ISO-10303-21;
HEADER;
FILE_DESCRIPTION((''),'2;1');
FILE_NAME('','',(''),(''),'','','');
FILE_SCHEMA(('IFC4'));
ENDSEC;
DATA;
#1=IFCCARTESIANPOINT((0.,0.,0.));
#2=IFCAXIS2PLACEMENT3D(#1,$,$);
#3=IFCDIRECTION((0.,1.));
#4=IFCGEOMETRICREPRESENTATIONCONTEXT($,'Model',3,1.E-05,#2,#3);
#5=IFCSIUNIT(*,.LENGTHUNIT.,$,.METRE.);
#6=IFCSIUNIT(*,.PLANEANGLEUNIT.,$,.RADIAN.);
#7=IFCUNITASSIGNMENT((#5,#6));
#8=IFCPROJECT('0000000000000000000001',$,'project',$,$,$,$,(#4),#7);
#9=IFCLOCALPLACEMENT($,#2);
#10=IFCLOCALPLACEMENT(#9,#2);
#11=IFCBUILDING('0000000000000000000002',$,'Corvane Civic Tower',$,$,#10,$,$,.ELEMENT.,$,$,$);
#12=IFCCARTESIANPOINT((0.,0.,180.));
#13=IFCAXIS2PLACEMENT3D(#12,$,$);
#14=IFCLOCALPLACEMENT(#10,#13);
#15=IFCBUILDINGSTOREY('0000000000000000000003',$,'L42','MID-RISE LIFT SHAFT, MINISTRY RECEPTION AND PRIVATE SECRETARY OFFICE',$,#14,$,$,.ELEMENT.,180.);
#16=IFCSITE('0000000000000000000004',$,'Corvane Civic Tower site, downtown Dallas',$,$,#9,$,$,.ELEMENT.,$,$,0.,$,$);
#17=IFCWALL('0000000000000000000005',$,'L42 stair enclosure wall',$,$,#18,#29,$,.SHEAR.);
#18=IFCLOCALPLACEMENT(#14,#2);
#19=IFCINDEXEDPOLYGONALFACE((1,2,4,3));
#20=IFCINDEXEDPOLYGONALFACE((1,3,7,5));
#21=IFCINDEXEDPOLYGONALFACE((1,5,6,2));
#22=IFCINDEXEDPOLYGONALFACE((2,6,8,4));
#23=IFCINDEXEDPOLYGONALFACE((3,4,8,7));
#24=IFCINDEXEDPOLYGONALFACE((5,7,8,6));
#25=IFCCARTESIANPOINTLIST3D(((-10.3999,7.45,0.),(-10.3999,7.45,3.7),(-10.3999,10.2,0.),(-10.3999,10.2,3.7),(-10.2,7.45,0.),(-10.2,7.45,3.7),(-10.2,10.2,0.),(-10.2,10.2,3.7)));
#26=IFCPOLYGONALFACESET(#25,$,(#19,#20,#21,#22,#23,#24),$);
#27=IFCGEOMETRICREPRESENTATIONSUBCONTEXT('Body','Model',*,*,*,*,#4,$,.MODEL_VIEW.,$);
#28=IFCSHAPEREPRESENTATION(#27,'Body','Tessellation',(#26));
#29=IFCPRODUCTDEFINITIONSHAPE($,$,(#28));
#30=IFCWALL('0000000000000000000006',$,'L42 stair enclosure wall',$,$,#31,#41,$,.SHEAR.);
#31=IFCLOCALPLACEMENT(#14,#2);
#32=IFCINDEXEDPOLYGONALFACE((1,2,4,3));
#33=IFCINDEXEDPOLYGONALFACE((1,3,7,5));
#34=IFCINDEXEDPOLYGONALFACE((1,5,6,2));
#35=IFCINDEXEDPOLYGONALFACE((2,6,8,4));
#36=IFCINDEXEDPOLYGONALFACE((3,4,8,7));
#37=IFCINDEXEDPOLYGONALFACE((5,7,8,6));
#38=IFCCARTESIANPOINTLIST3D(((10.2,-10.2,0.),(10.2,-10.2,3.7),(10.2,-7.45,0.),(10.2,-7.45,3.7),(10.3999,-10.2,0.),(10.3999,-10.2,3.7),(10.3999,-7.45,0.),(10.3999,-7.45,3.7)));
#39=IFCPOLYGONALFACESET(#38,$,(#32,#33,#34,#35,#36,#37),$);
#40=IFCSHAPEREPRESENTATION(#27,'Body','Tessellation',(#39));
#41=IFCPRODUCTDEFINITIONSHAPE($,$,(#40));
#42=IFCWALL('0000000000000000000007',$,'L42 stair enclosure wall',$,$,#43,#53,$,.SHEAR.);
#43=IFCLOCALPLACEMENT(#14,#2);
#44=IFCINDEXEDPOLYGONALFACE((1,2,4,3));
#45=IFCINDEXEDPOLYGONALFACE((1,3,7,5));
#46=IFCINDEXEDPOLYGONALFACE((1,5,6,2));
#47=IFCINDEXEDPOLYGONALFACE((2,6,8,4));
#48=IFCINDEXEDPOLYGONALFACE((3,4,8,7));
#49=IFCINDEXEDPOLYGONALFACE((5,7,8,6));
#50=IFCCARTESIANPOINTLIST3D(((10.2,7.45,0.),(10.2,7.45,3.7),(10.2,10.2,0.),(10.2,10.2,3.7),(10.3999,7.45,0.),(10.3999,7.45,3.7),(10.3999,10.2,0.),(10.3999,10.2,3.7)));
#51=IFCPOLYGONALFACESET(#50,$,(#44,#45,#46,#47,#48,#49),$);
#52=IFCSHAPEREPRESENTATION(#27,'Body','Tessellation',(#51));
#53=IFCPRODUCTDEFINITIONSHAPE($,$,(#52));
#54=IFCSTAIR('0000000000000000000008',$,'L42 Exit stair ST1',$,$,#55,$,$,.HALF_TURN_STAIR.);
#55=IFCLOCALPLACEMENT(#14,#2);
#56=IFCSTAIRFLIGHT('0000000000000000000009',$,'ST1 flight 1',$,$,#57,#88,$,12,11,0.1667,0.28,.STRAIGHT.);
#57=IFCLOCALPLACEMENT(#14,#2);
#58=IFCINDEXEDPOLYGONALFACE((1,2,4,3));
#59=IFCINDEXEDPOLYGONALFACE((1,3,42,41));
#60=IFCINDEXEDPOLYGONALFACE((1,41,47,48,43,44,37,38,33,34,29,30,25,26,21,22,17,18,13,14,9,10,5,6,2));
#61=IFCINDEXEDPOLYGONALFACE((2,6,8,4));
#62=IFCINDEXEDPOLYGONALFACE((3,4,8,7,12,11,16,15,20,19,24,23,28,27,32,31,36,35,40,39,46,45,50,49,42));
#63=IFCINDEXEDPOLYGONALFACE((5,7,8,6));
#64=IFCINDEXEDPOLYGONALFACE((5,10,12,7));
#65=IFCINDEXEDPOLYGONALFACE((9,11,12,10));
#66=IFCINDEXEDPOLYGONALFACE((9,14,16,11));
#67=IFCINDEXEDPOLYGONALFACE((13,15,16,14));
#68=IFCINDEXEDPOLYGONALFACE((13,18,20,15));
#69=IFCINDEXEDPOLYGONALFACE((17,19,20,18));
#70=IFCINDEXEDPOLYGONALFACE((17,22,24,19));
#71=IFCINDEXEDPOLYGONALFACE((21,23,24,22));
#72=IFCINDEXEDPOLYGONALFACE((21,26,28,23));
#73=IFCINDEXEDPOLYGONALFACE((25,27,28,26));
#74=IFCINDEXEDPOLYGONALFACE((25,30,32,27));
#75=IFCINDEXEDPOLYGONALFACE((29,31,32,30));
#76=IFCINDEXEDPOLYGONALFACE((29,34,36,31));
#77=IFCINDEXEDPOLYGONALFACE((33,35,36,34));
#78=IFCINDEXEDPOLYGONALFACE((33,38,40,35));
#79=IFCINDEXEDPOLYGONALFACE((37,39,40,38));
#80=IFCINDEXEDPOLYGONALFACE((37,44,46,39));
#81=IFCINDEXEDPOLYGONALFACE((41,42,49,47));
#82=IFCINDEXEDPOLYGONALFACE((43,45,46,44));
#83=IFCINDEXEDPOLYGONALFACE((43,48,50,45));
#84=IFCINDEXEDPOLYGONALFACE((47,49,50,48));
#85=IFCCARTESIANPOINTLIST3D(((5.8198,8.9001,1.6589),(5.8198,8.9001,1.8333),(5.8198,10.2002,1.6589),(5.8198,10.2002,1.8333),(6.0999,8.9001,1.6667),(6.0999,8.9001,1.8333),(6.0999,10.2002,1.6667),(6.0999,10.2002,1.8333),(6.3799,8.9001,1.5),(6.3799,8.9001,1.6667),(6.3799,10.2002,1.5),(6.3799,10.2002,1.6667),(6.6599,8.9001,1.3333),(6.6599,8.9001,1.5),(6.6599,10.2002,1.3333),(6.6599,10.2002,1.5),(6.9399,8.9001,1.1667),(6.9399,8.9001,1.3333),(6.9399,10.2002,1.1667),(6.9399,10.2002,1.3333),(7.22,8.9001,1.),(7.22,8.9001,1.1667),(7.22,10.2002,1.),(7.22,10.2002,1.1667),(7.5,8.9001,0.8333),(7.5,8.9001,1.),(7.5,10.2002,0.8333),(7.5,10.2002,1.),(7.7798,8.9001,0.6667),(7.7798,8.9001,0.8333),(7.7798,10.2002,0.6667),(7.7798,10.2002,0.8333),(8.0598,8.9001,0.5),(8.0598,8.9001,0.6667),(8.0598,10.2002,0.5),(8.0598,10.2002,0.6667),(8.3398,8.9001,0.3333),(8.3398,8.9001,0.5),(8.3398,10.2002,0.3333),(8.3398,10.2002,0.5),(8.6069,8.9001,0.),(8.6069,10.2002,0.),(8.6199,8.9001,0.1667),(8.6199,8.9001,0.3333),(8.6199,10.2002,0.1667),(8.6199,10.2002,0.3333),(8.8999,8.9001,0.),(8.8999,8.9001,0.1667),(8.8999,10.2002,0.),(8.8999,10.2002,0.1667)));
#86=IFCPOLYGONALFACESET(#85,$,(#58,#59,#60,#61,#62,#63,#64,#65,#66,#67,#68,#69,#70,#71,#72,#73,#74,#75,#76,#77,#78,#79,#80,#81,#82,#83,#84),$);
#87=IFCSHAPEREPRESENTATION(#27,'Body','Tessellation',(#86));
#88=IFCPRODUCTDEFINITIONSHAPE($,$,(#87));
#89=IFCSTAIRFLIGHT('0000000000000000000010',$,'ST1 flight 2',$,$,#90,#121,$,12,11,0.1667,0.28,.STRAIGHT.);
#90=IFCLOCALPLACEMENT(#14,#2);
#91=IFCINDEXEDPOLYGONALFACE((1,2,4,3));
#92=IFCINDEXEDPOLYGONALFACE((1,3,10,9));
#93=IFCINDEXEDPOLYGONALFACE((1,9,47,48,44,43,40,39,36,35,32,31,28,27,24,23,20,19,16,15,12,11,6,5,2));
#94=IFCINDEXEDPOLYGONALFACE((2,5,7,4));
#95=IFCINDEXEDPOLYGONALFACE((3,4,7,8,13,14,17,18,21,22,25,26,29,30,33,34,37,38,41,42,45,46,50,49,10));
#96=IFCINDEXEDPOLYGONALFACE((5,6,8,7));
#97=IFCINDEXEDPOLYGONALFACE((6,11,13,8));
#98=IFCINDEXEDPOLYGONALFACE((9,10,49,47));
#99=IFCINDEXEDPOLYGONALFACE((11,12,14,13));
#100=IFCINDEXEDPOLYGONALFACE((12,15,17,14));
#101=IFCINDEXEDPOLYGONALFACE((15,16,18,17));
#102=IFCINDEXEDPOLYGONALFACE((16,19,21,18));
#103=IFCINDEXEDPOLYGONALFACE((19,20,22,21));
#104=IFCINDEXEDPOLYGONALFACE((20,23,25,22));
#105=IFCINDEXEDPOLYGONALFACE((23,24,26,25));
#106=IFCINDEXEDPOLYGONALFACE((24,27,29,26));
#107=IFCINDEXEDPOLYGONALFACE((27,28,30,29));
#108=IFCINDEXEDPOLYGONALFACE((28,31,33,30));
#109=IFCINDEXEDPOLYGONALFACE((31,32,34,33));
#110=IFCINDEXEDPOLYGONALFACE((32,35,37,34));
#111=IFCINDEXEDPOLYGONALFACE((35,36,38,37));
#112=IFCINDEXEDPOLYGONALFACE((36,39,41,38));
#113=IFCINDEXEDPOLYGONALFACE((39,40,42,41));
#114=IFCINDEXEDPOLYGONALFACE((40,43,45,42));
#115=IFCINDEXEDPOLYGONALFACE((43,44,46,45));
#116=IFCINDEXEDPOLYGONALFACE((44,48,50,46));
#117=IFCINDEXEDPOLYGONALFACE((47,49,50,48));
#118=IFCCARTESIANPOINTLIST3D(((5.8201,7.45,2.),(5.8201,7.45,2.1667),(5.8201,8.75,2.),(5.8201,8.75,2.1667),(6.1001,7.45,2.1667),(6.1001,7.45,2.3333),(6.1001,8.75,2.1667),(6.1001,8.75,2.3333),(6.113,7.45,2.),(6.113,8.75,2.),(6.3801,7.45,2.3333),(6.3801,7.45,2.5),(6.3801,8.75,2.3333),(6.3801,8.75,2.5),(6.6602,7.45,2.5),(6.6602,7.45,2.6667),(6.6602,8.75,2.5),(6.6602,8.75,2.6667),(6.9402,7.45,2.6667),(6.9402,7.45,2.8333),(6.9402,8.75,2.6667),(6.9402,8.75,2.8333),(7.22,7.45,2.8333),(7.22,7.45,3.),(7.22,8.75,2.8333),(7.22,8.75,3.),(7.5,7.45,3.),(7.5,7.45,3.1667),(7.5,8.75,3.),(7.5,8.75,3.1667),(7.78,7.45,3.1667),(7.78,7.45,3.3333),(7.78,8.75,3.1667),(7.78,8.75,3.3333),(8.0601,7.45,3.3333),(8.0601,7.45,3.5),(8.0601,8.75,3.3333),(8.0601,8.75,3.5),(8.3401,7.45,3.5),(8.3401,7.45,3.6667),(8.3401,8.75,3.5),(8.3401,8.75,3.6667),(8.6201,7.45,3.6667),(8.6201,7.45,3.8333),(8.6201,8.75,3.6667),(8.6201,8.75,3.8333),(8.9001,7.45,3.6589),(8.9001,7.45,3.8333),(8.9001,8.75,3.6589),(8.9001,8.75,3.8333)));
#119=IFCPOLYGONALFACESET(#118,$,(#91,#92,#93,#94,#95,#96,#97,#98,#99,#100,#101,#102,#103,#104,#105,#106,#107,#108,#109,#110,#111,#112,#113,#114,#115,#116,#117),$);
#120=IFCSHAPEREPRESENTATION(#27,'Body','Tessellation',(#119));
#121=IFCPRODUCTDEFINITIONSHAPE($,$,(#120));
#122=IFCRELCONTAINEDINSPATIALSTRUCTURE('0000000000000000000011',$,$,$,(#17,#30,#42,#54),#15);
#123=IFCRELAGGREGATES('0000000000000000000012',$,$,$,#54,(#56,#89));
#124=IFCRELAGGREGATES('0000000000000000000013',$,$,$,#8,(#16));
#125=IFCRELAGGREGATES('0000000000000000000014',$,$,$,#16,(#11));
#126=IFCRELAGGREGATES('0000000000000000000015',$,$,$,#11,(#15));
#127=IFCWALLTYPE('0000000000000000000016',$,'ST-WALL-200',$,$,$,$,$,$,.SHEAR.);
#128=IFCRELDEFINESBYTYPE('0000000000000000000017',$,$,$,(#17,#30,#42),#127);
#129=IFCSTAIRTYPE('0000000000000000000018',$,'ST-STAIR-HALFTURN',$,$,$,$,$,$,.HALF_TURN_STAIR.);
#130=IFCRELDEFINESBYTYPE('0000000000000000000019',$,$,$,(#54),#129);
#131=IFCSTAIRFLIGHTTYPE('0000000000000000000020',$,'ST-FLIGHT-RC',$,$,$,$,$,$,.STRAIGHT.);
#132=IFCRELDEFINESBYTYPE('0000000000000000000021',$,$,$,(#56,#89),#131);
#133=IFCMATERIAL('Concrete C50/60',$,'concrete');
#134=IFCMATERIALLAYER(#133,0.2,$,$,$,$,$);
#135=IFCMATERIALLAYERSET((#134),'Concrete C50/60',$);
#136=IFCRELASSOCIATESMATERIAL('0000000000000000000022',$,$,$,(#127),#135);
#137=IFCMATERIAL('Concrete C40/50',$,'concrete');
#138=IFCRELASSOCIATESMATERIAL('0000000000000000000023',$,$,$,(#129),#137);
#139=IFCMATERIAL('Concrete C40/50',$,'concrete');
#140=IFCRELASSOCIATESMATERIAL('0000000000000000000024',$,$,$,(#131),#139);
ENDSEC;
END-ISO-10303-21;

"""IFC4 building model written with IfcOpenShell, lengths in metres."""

from ifc_helpers import new_model, si_unit, direction, frame, origin, place, context, subcontext, project, spatial, polyline, outline, extrude, material, layer, layer_set, type_object, element, aggregate, save


model = new_model("IFC4")

# Units and contexts
model_context = context("Model", 3, precision=1e-05, world=origin(), true_north=direction((0.0, 1.0)))
body_context = subcontext(model_context, "Body", "Model", "MODEL_VIEW")
ifc_project = project(units=[si_unit("LENGTHUNIT", "METRE"), si_unit("PLANEANGLEUNIT", "RADIAN")], contexts=[model_context])

# Site, building, storey
site_placement = place(None, origin())
site = spatial("IfcSite", under=ifc_project, at=site_placement, Name="Corvane Civic Tower site, downtown Dallas", CompositionType="ELEMENT", RefElevation=0.0)
building_placement = place(site_placement, origin())
building = spatial("IfcBuilding", under=site, at=building_placement, Name="Corvane Civic Tower", CompositionType="ELEMENT")
storey_placement = place(building_placement, frame((0.0, 0.0, 180.0)))
storey = spatial("IfcBuildingStorey", under=building, at=storey_placement, Name="L42", Description="MID-RISE LIFT SHAFT, MINISTRY RECEPTION AND PRIVATE SECRETARY OFFICE", CompositionType="ELEMENT", Elevation=180.0)

# Shared definitions
ifc_material_1 = material(Name="Concrete C50/60", Category="concrete")
ifc_layer_1 = layer(ifc_material_1, 0.2)
ifc_layer_set_1 = layer_set([ifc_layer_1], Name="Concrete C50/60")
wall_type_1 = type_object("IfcWallType", Name="ST-WALL-200", PredefinedType="SHEAR", material=ifc_layer_set_1)

# Walls
wall_1_placement = place(storey_placement, origin())
element("IfcWall", 1, at=wall_1_placement, inside=storey, type_object=wall_type_1, Name="L42 stair enclosure wall", PredefinedType="SHEAR", context=body_context, shape_type="SweptSolid", body=[
    extrude(outline(polyline([(-10.2, 7.45), (-10.3999, 7.45), (-10.3999, 10.2), (-10.2, 10.2), (-10.2, 7.45)])), origin(), (0.0, 0.0, 1.0), 3.7),
])
wall_2_placement = place(storey_placement, origin())
element("IfcWall", 2, at=wall_2_placement, inside=storey, type_object=wall_type_1, Name="L42 stair enclosure wall", PredefinedType="SHEAR", context=body_context, shape_type="SweptSolid", body=[
    extrude(outline(polyline([(10.3999, -7.45), (10.3999, -10.2), (10.2, -10.2), (10.2, -7.45), (10.3999, -7.45)])), origin(), (0.0, 0.0, 1.0), 3.7),
])
wall_3_placement = place(storey_placement, origin())
element("IfcWall", 3, at=wall_3_placement, inside=storey, type_object=wall_type_1, Name="L42 stair enclosure wall", PredefinedType="SHEAR", context=body_context, shape_type="SweptSolid", body=[
    extrude(outline(polyline([(10.3999, 7.45), (10.2, 7.45), (10.2, 10.2), (10.3999, 10.2), (10.3999, 7.45)])), origin(), (0.0, 0.0, 1.0), 3.7),
])

# Stair, stair flights
ifc_material_2 = material(Name="Concrete C40/50", Category="concrete")
stair_type = type_object("IfcStairType", Name="ST-STAIR-HALFTURN", PredefinedType="HALF_TURN_STAIR", material=ifc_material_2)
stair_placement = place(storey_placement, origin())
stair = element("IfcStair", 4, at=stair_placement, inside=storey, type_object=stair_type, Name="L42 Exit stair ST1", PredefinedType="HALF_TURN_STAIR")
ifc_material_3 = material(Name="Concrete C40/50", Category="concrete")
stair_flight_type = type_object("IfcStairFlightType", Name="ST-FLIGHT-RC", PredefinedType="STRAIGHT", material=ifc_material_3)
stair_flight_1_placement = place(storey_placement, frame((8.8999, 9.55, 0.0), z_axis=(0.0, 0.0, 1.0), x_axis=(-1.0, 0.0, 0.0)))
stair_flight_1 = element("IfcStairFlight", 5, at=stair_flight_1_placement, type_object=stair_flight_type, Name="ST1 flight 1", NumberOfRisers=12, NumberOfTreads=11, PredefinedType="STRAIGHT", RiserHeight=0.1667, TreadLength=0.28, context=body_context, shape_type="SweptSolid", body=[
    extrude(outline(polyline([(0.0, 0.0), (0.0, 0.1667), (0.28, 0.1667), (0.28, 0.3333), (0.5601, 0.3333), (0.5601, 0.5), (0.8401, 0.5), (0.8401, 0.6667), (1.1201, 0.6667), (1.1201, 0.8333), (1.3999, 0.8333), (1.3999, 1.0), (1.6799, 1.0), (1.6799, 1.1667), (1.96, 1.1667), (1.96, 1.3333), (2.24, 1.3333), (2.24, 1.5), (2.52, 1.5), (2.52, 1.6667), (2.8, 1.6667), (2.8, 1.8333), (3.0801, 1.8333), (3.0801, 2.0), (3.0801, 1.6589), (0.293, 0.0), (0.0, 0.0)])), frame((0.0, 0.6499, 0.0), z_axis=(0.0, -1.0, 0.0), x_axis=(1.0, 0.0, 0.0)), (0.0, 0.0, 1.0), 1.3),
])
stair_flight_2_placement = place(storey_placement, frame((5.8201, 8.1001, 2.0), z_axis=(0.0, 0.0, 1.0), x_axis=(1.0, 0.0, 0.0)))
stair_flight_2 = element("IfcStairFlight", 6, at=stair_flight_2_placement, type_object=stair_flight_type, Name="ST1 flight 2", NumberOfRisers=12, NumberOfTreads=11, PredefinedType="STRAIGHT", RiserHeight=0.1667, TreadLength=0.28, context=body_context, shape_type="SweptSolid", body=[
    extrude(outline(polyline([(0.0, 0.0), (0.0, 0.1667), (0.28, 0.1667), (0.28, 0.3333), (0.5601, 0.3333), (0.5601, 0.5), (0.8401, 0.5), (0.8401, 0.6667), (1.1201, 0.6667), (1.1201, 0.8333), (1.3999, 0.8333), (1.3999, 1.0), (1.6799, 1.0), (1.6799, 1.1667), (1.96, 1.1667), (1.96, 1.3333), (2.24, 1.3333), (2.24, 1.5), (2.52, 1.5), (2.52, 1.6667), (2.8, 1.6667), (2.8, 1.8333), (3.0801, 1.8333), (3.0801, 2.0), (3.0801, 1.6589), (0.293, 0.0), (0.0, 0.0)])), frame((0.0, 0.6499, 0.0), z_axis=(0.0, -1.0, 0.0), x_axis=(1.0, 0.0, 0.0)), (0.0, 0.0, 1.0), 1.3),
])
aggregate(stair, [stair_flight_1, stair_flight_2])

save(model, "model.ifc")
